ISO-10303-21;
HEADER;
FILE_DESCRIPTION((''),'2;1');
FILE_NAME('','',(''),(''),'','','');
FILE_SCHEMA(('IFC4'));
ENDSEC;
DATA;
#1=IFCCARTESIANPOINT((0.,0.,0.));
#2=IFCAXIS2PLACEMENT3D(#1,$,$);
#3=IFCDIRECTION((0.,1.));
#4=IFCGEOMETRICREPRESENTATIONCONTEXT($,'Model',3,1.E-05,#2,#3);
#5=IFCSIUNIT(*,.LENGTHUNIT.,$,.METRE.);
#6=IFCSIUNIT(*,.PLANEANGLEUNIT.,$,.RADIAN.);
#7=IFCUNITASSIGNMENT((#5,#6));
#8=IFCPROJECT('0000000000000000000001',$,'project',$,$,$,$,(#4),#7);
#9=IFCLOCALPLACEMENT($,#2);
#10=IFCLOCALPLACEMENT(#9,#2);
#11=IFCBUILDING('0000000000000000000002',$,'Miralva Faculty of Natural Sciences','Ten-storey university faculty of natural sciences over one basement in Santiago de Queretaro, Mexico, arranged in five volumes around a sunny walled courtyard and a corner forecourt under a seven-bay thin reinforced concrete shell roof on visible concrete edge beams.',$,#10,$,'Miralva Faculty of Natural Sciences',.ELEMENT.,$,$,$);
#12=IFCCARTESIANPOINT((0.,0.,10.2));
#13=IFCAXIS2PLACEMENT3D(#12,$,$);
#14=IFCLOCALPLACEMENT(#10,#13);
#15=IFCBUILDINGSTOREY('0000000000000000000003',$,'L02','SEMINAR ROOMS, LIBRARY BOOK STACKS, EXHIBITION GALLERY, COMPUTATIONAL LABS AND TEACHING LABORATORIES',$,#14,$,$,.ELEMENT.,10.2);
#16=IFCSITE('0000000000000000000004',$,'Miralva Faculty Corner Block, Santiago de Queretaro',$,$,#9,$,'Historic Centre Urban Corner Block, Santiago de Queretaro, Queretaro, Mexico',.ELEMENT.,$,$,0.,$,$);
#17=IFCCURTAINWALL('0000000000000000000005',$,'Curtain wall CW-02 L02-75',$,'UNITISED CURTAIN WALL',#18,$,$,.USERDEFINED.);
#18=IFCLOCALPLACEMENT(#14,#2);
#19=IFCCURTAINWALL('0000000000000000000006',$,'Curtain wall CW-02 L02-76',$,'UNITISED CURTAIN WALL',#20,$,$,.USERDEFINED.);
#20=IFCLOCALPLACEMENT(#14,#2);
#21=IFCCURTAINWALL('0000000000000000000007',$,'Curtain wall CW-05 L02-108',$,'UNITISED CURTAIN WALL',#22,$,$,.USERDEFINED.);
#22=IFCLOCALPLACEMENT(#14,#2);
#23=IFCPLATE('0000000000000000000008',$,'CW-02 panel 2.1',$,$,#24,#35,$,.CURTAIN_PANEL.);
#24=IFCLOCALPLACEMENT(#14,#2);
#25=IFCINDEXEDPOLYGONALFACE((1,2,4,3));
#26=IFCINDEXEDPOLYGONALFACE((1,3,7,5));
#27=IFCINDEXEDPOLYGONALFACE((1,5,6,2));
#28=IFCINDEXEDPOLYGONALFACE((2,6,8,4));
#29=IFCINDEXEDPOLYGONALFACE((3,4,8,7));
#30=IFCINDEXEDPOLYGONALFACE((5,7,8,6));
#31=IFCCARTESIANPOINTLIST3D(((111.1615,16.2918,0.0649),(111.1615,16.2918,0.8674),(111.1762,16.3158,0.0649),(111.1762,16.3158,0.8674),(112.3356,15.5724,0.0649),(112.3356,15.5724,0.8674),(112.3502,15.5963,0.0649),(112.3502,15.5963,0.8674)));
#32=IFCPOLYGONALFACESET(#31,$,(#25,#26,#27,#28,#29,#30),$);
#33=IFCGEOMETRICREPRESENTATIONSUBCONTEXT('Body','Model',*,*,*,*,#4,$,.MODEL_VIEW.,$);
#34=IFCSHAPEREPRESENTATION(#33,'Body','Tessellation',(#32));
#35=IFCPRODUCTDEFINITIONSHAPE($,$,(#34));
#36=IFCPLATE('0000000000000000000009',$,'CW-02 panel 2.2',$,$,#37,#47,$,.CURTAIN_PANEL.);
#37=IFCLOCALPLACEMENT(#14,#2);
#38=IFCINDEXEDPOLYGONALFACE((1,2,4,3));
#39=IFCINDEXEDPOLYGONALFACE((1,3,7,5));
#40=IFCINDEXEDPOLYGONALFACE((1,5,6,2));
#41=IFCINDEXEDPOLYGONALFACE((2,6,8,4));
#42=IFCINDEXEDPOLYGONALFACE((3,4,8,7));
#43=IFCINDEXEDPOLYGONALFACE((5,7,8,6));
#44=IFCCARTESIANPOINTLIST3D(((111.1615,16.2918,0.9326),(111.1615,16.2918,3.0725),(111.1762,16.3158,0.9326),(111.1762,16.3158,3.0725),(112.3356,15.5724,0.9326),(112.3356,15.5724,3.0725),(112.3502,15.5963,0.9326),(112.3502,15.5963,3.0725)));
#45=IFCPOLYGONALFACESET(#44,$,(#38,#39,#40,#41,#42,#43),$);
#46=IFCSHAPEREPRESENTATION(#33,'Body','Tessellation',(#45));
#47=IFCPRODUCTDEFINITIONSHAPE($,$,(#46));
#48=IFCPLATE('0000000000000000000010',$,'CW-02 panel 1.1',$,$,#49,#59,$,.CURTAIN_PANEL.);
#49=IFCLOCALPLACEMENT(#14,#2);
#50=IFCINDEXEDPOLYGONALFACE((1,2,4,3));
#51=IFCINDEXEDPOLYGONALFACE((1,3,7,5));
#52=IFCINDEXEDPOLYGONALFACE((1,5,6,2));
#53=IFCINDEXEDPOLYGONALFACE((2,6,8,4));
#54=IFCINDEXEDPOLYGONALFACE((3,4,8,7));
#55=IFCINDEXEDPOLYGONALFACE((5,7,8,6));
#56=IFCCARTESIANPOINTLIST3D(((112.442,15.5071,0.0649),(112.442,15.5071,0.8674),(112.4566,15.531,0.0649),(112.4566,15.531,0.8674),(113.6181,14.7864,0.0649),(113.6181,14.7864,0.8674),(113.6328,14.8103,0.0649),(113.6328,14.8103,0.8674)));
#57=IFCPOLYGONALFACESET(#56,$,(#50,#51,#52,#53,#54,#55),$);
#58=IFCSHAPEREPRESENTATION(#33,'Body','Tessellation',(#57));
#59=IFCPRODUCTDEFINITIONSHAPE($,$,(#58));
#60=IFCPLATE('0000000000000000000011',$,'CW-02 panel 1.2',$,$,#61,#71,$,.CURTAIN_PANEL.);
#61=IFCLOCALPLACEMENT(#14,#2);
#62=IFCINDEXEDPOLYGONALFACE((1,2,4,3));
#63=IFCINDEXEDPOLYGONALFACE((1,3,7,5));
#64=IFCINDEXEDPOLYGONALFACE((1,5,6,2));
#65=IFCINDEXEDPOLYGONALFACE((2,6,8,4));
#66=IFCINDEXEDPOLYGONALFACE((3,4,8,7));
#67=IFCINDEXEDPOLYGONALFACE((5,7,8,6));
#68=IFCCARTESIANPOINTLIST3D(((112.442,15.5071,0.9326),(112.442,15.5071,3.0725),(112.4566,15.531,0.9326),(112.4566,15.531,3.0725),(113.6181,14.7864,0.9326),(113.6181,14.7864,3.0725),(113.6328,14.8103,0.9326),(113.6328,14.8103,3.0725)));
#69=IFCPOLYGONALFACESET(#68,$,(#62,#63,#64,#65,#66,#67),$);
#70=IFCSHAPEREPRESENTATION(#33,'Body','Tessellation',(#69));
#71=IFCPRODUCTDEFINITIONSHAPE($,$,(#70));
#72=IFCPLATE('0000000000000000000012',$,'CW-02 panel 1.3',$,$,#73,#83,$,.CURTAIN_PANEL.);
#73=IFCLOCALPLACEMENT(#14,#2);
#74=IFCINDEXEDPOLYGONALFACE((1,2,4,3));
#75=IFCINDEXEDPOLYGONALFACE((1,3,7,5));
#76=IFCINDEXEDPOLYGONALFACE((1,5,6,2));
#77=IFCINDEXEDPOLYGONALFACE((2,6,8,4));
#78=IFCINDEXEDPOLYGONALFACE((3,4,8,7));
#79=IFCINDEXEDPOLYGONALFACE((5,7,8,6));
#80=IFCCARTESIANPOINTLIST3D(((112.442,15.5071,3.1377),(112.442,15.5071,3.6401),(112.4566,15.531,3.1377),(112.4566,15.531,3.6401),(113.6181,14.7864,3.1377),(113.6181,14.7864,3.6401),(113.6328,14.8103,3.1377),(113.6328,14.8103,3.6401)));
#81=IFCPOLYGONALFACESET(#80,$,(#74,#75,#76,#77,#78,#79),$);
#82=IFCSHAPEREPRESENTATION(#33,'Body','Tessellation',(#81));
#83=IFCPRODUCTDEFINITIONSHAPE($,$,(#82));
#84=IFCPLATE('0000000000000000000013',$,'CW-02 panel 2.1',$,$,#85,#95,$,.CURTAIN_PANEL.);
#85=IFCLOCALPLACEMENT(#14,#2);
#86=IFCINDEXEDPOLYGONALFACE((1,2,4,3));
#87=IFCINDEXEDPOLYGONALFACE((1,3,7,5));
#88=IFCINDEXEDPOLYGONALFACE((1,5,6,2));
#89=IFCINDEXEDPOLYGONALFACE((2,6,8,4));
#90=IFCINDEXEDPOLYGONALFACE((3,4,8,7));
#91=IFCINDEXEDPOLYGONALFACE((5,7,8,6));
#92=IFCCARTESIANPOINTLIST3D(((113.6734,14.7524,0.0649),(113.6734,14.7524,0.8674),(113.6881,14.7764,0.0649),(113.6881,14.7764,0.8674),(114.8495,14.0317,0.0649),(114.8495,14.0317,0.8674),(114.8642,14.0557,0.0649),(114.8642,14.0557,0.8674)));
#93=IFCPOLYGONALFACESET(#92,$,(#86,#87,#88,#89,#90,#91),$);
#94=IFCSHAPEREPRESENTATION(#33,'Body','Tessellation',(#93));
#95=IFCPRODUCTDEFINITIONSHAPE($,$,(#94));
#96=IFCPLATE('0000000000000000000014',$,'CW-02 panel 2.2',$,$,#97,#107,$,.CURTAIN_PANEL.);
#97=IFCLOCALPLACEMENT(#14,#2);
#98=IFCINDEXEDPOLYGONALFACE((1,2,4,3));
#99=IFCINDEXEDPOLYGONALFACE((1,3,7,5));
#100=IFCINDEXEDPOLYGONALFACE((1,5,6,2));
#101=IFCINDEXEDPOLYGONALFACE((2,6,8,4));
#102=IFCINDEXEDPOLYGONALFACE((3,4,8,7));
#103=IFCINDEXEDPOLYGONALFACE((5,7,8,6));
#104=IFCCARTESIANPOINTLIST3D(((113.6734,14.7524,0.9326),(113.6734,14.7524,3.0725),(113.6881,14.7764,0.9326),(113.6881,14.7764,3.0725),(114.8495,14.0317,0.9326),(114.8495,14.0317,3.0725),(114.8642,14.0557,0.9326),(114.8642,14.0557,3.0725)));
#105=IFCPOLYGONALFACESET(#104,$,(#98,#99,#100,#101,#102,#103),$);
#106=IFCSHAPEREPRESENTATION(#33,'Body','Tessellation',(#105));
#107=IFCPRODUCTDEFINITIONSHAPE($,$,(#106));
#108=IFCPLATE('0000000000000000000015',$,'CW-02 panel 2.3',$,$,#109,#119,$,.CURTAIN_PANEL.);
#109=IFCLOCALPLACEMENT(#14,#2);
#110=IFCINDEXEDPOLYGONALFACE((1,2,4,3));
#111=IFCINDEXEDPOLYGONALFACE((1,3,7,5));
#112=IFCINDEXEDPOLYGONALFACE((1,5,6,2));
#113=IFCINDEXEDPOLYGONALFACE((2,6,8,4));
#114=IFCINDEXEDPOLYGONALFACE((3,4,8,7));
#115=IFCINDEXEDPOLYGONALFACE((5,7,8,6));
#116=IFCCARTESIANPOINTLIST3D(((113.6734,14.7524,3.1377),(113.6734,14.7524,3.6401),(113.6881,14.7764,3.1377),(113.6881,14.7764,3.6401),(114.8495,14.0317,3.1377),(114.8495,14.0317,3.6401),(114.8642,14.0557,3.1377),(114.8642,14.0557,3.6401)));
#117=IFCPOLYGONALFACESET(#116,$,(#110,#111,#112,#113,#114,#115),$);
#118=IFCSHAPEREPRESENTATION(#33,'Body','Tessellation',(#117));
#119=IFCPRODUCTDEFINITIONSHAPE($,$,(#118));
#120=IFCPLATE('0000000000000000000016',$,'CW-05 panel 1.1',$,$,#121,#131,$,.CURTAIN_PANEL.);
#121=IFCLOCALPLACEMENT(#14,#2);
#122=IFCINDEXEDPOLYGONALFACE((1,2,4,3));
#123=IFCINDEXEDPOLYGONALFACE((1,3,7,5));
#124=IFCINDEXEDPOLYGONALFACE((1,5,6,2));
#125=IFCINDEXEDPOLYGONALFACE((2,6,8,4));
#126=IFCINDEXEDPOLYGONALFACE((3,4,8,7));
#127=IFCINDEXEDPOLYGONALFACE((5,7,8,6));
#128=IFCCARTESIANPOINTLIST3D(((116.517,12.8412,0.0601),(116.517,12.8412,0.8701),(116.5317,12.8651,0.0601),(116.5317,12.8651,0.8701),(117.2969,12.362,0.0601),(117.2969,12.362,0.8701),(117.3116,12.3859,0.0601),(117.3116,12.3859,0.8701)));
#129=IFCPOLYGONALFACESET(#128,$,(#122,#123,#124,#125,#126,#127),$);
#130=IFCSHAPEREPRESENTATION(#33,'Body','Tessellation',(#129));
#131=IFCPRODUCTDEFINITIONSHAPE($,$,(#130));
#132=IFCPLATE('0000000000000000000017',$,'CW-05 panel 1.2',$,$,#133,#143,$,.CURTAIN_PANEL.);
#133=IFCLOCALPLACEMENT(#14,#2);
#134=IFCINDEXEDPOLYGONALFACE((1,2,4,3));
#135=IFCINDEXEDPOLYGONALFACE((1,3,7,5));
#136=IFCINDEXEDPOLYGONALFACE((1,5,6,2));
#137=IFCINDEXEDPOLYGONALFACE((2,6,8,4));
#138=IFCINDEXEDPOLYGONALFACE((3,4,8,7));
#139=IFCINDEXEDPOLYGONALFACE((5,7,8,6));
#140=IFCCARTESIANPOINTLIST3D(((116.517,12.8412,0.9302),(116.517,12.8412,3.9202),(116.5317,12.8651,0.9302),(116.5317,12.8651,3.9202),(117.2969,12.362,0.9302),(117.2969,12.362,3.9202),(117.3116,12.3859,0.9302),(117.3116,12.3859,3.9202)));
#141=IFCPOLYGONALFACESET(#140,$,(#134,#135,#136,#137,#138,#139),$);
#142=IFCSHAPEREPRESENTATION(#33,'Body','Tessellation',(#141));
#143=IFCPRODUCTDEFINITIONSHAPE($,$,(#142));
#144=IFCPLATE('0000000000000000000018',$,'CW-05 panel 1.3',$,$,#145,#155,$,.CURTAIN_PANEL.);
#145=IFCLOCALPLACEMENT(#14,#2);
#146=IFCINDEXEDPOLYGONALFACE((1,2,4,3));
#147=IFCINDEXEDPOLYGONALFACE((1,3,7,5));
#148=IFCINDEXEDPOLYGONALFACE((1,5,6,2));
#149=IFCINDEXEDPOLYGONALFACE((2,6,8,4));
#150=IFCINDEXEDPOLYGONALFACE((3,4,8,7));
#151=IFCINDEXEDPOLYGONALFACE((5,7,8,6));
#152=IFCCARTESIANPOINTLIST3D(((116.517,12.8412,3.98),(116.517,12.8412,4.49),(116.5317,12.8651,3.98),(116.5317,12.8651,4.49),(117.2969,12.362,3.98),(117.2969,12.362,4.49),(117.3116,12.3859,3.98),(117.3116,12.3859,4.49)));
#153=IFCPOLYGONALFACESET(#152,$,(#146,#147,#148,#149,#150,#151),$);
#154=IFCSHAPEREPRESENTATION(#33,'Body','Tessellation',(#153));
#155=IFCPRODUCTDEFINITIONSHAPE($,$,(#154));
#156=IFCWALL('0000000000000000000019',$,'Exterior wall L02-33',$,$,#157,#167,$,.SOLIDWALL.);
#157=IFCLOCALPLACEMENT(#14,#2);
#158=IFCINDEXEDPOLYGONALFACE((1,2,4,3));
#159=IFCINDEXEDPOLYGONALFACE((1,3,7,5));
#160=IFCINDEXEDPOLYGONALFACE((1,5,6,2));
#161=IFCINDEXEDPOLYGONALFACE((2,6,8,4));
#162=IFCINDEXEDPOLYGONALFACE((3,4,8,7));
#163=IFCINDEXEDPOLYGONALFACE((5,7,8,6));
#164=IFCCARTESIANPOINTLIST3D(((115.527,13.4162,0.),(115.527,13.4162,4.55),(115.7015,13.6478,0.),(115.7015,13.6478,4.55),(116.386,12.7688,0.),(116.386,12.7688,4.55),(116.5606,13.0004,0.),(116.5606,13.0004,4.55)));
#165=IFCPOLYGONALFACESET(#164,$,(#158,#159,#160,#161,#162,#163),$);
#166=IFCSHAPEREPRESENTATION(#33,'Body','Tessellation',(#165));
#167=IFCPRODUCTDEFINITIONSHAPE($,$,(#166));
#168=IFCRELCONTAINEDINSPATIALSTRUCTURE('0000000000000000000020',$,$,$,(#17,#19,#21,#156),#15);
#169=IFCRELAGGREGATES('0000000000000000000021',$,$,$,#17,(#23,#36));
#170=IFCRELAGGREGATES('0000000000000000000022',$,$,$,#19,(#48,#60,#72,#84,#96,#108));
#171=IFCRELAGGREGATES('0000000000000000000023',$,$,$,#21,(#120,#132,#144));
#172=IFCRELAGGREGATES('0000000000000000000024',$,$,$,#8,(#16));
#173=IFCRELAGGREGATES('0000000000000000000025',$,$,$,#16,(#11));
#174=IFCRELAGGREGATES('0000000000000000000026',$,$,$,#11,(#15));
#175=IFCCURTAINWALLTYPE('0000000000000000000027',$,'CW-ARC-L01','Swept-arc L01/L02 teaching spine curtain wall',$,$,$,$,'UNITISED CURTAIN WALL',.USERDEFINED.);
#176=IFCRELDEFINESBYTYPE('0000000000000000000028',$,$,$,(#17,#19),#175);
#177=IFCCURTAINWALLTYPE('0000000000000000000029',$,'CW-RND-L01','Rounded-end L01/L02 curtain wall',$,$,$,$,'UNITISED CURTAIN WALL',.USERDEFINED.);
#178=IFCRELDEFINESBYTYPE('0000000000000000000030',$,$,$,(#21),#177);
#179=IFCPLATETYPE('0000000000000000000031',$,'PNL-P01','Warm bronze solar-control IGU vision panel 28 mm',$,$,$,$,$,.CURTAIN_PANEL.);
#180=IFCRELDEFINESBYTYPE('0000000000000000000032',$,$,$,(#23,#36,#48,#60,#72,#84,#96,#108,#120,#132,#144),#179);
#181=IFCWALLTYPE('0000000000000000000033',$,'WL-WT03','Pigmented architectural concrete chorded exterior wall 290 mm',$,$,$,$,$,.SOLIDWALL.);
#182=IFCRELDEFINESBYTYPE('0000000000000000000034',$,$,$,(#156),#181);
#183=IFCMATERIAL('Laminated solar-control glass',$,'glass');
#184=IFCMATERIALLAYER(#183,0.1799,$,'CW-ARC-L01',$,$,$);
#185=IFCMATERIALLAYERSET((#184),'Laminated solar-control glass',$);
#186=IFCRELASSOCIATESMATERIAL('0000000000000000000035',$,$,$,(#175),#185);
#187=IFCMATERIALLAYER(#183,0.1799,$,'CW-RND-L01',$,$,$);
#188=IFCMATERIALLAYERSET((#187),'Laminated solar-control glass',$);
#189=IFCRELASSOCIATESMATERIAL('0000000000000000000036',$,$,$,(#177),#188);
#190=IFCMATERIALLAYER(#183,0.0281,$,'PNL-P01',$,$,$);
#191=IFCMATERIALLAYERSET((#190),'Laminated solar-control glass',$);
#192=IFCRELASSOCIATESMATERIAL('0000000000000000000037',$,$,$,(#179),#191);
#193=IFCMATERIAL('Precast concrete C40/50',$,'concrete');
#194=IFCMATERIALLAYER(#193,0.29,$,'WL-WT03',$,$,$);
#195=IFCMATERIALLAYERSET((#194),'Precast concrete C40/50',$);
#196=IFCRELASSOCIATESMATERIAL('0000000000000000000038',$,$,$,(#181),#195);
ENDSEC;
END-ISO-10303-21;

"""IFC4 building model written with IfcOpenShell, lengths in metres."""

from ifc_helpers import new_model, si_unit, direction, frame, frame_2d, origin, origin_2d, place, context, subcontext, project, spatial, rectangle, extrude, material, layer, layer_set, type_object, element, aggregate, save


model = new_model("IFC4")

# Units and contexts
model_context = context("Model", 3, precision=1e-05, world=origin(), true_north=direction((0.0, 1.0)))
body_context = subcontext(model_context, "Body", "Model", "MODEL_VIEW")
ifc_project = project(units=[si_unit("LENGTHUNIT", "METRE"), si_unit("PLANEANGLEUNIT", "RADIAN")], contexts=[model_context])

# Site, building, storey
site_placement = place(None, origin())
site = spatial("IfcSite", under=ifc_project, at=site_placement, Name="Miralva Faculty Corner Block, Santiago de Queretaro", LongName="Historic Centre Urban Corner Block, Santiago de Queretaro, Queretaro, Mexico", CompositionType="ELEMENT", RefElevation=0.0)
building_placement = place(site_placement, origin())
building = spatial("IfcBuilding", under=site, at=building_placement, Name="Miralva Faculty of Natural Sciences", Description="Ten-storey university faculty of natural sciences over one basement in Santiago de Queretaro, Mexico, arranged in five volumes around a sunny walled courtyard and a corner forecourt under a seven-bay thin reinforced concrete shell roof on visible concrete edge beams.", LongName="Miralva Faculty of Natural Sciences", CompositionType="ELEMENT")
storey_placement = place(building_placement, frame((0.0, 0.0, 10.2)))
storey = spatial("IfcBuildingStorey", under=building, at=storey_placement, Name="L02", Description="SEMINAR ROOMS, LIBRARY BOOK STACKS, EXHIBITION GALLERY, COMPUTATIONAL LABS AND TEACHING LABORATORIES", CompositionType="ELEMENT", Elevation=10.2)

# Curtain wall
ifc_material_1 = material(Name="Laminated solar-control glass", Category="glass")
ifc_layer_1 = layer(ifc_material_1, 0.1799, Name="CW-ARC-L01")
ifc_layer_set_1 = layer_set([ifc_layer_1], Name="Laminated solar-control glass")
curtain_wall_type_1 = type_object("IfcCurtainWallType", Name="CW-ARC-L01", Description="Swept-arc L01/L02 teaching spine curtain wall", ElementType="UNITISED CURTAIN WALL", PredefinedType="USERDEFINED", material=ifc_layer_set_1)
curtain_wall_1_placement = place(storey_placement, origin())
curtain_wall_1 = element("IfcCurtainWall", 1, at=curtain_wall_1_placement, inside=storey, type_object=curtain_wall_type_1, Name="Curtain wall CW-02 L02-75", ObjectType="UNITISED CURTAIN WALL", PredefinedType="USERDEFINED")

# Curtain walls
curtain_wall_2_placement = place(storey_placement, origin())
curtain_wall_2 = element("IfcCurtainWall", 2, at=curtain_wall_2_placement, inside=storey, type_object=curtain_wall_type_1, Name="Curtain wall CW-02 L02-76", ObjectType="UNITISED CURTAIN WALL", PredefinedType="USERDEFINED")
ifc_layer_2 = layer(ifc_material_1, 0.1799, Name="CW-RND-L01")
ifc_layer_set_2 = layer_set([ifc_layer_2], Name="Laminated solar-control glass")
curtain_wall_type_2 = type_object("IfcCurtainWallType", Name="CW-RND-L01", Description="Rounded-end L01/L02 curtain wall", ElementType="UNITISED CURTAIN WALL", PredefinedType="USERDEFINED", material=ifc_layer_set_2)
curtain_wall_3_placement = place(storey_placement, origin())
curtain_wall_3 = element("IfcCurtainWall", 3, at=curtain_wall_3_placement, inside=storey, type_object=curtain_wall_type_2, Name="Curtain wall CW-05 L02-108", ObjectType="UNITISED CURTAIN WALL", PredefinedType="USERDEFINED")

# Plates
ifc_layer_3 = layer(ifc_material_1, 0.0281, Name="PNL-P01")
ifc_layer_set_3 = layer_set([ifc_layer_3], Name="Laminated solar-control glass")
plate_type = type_object("IfcPlateType", Name="PNL-P01", Description="Warm bronze solar-control IGU vision panel 28 mm", PredefinedType="CURTAIN_PANEL", material=ifc_layer_set_3)
plate_1_placement = place(storey_placement, frame((111.7559, 15.9441, 0.0649), z_axis=(0.0, 0.0, 1.0), x_axis=(0.85265, -0.522483, 0.0)))
plate_1 = element("IfcPlate", 4, at=plate_1_placement, type_object=plate_type, Name="CW-02 panel 2.1", PredefinedType="CURTAIN_PANEL", context=body_context, shape_type="SweptSolid", body=[
    extrude(rectangle(XDim=1.377, YDim=0.0281, at=origin_2d()), origin(), (0.0, 0.0, 1.0), 0.8025),
])
plate_2_placement = place(storey_placement, frame((111.7559, 15.9441, 0.9326), z_axis=(0.0, 0.0, 1.0), x_axis=(0.85265, -0.522483, 0.0)))
plate_2 = element("IfcPlate", 5, at=plate_2_placement, type_object=plate_type, Name="CW-02 panel 2.2", PredefinedType="CURTAIN_PANEL", context=body_context, shape_type="SweptSolid", body=[
    extrude(rectangle(XDim=1.377, YDim=0.0281, at=origin_2d()), origin(), (0.0, 0.0, 1.0), 2.1399),
])
aggregate(curtain_wall_1, [plate_1, plate_2])
plate_3_placement = place(storey_placement, frame((113.0374, 15.1587, 0.0649), z_axis=(0.0, 0.0, 1.0), x_axis=(0.852646, -0.522489, 0.0)))
plate_3 = element("IfcPlate", 6, at=plate_3_placement, type_object=plate_type, Name="CW-02 panel 1.1", PredefinedType="CURTAIN_PANEL", context=body_context, shape_type="SweptSolid", body=[
    extrude(rectangle(XDim=1.3794, YDim=0.0281, at=origin_2d()), origin(), (0.0, 0.0, 1.0), 0.8025),
])
plate_4_placement = place(storey_placement, frame((113.0374, 15.1587, 0.9326), z_axis=(0.0, 0.0, 1.0), x_axis=(0.852646, -0.522489, 0.0)))
plate_4 = element("IfcPlate", 7, at=plate_4_placement, type_object=plate_type, Name="CW-02 panel 1.2", PredefinedType="CURTAIN_PANEL", context=body_context, shape_type="SweptSolid", body=[
    extrude(rectangle(XDim=1.3794, YDim=0.0281, at=origin_2d()), origin(), (0.0, 0.0, 1.0), 2.1399),
])
plate_5_placement = place(storey_placement, frame((113.0374, 15.1587, 3.1377), z_axis=(0.0, 0.0, 1.0), x_axis=(0.852646, -0.522489, 0.0)))
plate_5 = element("IfcPlate", 8, at=plate_5_placement, type_object=plate_type, Name="CW-02 panel 1.3", PredefinedType="CURTAIN_PANEL", context=body_context, shape_type="SweptSolid", body=[
    extrude(rectangle(XDim=1.3794, YDim=0.0281, at=origin_2d()), origin(), (0.0, 0.0, 1.0), 0.5024),
])
plate_6_placement = place(storey_placement, frame((114.2688, 14.4041, 0.0649), z_axis=(0.0, 0.0, 1.0), x_axis=(0.852646, -0.522489, 0.0)))
plate_6 = element("IfcPlate", 9, at=plate_6_placement, type_object=plate_type, Name="CW-02 panel 2.1", PredefinedType="CURTAIN_PANEL", context=body_context, shape_type="SweptSolid", body=[
    extrude(rectangle(XDim=1.3794, YDim=0.0281, at=origin_2d()), origin(), (0.0, 0.0, 1.0), 0.8025),
])
plate_7_placement = place(storey_placement, frame((114.2688, 14.4041, 0.9326), z_axis=(0.0, 0.0, 1.0), x_axis=(0.852646, -0.522489, 0.0)))
plate_7 = element("IfcPlate", 10, at=plate_7_placement, type_object=plate_type, Name="CW-02 panel 2.2", PredefinedType="CURTAIN_PANEL", context=body_context, shape_type="SweptSolid", body=[
    extrude(rectangle(XDim=1.3794, YDim=0.0281, at=origin_2d()), origin(), (0.0, 0.0, 1.0), 2.1399),
])
plate_8_placement = place(storey_placement, frame((114.2688, 14.4041, 3.1377), z_axis=(0.0, 0.0, 1.0), x_axis=(0.852646, -0.522489, 0.0)))
plate_8 = element("IfcPlate", 11, at=plate_8_placement, type_object=plate_type, Name="CW-02 panel 2.3", PredefinedType="CURTAIN_PANEL", context=body_context, shape_type="SweptSolid", body=[
    extrude(rectangle(XDim=1.3794, YDim=0.0281, at=origin_2d()), origin(), (0.0, 0.0, 1.0), 0.5024),
])
aggregate(curtain_wall_2, [plate_3, plate_4, plate_5, plate_6, plate_7, plate_8])
plate_9_placement = place(storey_placement, frame((116.9143, 12.6135, 0.0601), z_axis=(0.0, 0.0, 1.0), x_axis=(0.852004, -0.523535, 0.0)))
plate_9 = element("IfcPlate", 12, at=plate_9_placement, type_object=plate_type, Name="CW-05 panel 1.1", PredefinedType="CURTAIN_PANEL", context=body_context, shape_type="SweptSolid", body=[
    extrude(rectangle(XDim=0.9153, YDim=0.0281, at=origin_2d()), origin(), (0.0, 0.0, 1.0), 0.8101),
])
plate_10_placement = place(storey_placement, frame((116.9143, 12.6135, 0.9302), z_axis=(0.0, 0.0, 1.0), x_axis=(0.852004, -0.523535, 0.0)))
plate_10 = element("IfcPlate", 13, at=plate_10_placement, type_object=plate_type, Name="CW-05 panel 1.2", PredefinedType="CURTAIN_PANEL", context=body_context, shape_type="SweptSolid", body=[
    extrude(rectangle(XDim=0.9153, YDim=0.0281, at=origin_2d()), origin(), (0.0, 0.0, 1.0), 2.99),
])
plate_11_placement = place(storey_placement, frame((116.9143, 12.6135, 3.98), z_axis=(0.0, 0.0, 1.0), x_axis=(0.852004, -0.523535, 0.0)))
plate_11 = element("IfcPlate", 14, at=plate_11_placement, type_object=plate_type, Name="CW-05 panel 1.3", PredefinedType="CURTAIN_PANEL", context=body_context, shape_type="SweptSolid", body=[
    extrude(rectangle(XDim=0.9153, YDim=0.0281, at=origin_2d()), origin(), (0.0, 0.0, 1.0), 0.51),
])
aggregate(curtain_wall_3, [plate_9, plate_10, plate_11])

# Wall
ifc_material_2 = material(Name="Precast concrete C40/50", Category="concrete")
ifc_layer_4 = layer(ifc_material_2, 0.29, Name="WL-WT03")
ifc_layer_set_4 = layer_set([ifc_layer_4], Name="Precast concrete C40/50")
wall_type = type_object("IfcWallType", Name="WL-WT03", Description="Pigmented architectural concrete chorded exterior wall 290 mm", PredefinedType="SOLIDWALL", material=ifc_layer_set_4)
wall_placement = place(storey_placement, frame((115.6143, 13.532, 0.0), z_axis=(0.0, 0.0, 1.0), x_axis=(0.798609, -0.60185, 0.0)))
element("IfcWall", 15, at=wall_placement, inside=storey, type_object=wall_type, Name="Exterior wall L02-33", PredefinedType="SOLIDWALL", context=body_context, shape_type="SweptSolid", body=[
    extrude(rectangle(XDim=1.0757, YDim=0.29, at=frame_2d((0.5378, 0.0))), origin(), (0.0, 0.0, 1.0), 4.55),
])

save(model, "model.ifc")
